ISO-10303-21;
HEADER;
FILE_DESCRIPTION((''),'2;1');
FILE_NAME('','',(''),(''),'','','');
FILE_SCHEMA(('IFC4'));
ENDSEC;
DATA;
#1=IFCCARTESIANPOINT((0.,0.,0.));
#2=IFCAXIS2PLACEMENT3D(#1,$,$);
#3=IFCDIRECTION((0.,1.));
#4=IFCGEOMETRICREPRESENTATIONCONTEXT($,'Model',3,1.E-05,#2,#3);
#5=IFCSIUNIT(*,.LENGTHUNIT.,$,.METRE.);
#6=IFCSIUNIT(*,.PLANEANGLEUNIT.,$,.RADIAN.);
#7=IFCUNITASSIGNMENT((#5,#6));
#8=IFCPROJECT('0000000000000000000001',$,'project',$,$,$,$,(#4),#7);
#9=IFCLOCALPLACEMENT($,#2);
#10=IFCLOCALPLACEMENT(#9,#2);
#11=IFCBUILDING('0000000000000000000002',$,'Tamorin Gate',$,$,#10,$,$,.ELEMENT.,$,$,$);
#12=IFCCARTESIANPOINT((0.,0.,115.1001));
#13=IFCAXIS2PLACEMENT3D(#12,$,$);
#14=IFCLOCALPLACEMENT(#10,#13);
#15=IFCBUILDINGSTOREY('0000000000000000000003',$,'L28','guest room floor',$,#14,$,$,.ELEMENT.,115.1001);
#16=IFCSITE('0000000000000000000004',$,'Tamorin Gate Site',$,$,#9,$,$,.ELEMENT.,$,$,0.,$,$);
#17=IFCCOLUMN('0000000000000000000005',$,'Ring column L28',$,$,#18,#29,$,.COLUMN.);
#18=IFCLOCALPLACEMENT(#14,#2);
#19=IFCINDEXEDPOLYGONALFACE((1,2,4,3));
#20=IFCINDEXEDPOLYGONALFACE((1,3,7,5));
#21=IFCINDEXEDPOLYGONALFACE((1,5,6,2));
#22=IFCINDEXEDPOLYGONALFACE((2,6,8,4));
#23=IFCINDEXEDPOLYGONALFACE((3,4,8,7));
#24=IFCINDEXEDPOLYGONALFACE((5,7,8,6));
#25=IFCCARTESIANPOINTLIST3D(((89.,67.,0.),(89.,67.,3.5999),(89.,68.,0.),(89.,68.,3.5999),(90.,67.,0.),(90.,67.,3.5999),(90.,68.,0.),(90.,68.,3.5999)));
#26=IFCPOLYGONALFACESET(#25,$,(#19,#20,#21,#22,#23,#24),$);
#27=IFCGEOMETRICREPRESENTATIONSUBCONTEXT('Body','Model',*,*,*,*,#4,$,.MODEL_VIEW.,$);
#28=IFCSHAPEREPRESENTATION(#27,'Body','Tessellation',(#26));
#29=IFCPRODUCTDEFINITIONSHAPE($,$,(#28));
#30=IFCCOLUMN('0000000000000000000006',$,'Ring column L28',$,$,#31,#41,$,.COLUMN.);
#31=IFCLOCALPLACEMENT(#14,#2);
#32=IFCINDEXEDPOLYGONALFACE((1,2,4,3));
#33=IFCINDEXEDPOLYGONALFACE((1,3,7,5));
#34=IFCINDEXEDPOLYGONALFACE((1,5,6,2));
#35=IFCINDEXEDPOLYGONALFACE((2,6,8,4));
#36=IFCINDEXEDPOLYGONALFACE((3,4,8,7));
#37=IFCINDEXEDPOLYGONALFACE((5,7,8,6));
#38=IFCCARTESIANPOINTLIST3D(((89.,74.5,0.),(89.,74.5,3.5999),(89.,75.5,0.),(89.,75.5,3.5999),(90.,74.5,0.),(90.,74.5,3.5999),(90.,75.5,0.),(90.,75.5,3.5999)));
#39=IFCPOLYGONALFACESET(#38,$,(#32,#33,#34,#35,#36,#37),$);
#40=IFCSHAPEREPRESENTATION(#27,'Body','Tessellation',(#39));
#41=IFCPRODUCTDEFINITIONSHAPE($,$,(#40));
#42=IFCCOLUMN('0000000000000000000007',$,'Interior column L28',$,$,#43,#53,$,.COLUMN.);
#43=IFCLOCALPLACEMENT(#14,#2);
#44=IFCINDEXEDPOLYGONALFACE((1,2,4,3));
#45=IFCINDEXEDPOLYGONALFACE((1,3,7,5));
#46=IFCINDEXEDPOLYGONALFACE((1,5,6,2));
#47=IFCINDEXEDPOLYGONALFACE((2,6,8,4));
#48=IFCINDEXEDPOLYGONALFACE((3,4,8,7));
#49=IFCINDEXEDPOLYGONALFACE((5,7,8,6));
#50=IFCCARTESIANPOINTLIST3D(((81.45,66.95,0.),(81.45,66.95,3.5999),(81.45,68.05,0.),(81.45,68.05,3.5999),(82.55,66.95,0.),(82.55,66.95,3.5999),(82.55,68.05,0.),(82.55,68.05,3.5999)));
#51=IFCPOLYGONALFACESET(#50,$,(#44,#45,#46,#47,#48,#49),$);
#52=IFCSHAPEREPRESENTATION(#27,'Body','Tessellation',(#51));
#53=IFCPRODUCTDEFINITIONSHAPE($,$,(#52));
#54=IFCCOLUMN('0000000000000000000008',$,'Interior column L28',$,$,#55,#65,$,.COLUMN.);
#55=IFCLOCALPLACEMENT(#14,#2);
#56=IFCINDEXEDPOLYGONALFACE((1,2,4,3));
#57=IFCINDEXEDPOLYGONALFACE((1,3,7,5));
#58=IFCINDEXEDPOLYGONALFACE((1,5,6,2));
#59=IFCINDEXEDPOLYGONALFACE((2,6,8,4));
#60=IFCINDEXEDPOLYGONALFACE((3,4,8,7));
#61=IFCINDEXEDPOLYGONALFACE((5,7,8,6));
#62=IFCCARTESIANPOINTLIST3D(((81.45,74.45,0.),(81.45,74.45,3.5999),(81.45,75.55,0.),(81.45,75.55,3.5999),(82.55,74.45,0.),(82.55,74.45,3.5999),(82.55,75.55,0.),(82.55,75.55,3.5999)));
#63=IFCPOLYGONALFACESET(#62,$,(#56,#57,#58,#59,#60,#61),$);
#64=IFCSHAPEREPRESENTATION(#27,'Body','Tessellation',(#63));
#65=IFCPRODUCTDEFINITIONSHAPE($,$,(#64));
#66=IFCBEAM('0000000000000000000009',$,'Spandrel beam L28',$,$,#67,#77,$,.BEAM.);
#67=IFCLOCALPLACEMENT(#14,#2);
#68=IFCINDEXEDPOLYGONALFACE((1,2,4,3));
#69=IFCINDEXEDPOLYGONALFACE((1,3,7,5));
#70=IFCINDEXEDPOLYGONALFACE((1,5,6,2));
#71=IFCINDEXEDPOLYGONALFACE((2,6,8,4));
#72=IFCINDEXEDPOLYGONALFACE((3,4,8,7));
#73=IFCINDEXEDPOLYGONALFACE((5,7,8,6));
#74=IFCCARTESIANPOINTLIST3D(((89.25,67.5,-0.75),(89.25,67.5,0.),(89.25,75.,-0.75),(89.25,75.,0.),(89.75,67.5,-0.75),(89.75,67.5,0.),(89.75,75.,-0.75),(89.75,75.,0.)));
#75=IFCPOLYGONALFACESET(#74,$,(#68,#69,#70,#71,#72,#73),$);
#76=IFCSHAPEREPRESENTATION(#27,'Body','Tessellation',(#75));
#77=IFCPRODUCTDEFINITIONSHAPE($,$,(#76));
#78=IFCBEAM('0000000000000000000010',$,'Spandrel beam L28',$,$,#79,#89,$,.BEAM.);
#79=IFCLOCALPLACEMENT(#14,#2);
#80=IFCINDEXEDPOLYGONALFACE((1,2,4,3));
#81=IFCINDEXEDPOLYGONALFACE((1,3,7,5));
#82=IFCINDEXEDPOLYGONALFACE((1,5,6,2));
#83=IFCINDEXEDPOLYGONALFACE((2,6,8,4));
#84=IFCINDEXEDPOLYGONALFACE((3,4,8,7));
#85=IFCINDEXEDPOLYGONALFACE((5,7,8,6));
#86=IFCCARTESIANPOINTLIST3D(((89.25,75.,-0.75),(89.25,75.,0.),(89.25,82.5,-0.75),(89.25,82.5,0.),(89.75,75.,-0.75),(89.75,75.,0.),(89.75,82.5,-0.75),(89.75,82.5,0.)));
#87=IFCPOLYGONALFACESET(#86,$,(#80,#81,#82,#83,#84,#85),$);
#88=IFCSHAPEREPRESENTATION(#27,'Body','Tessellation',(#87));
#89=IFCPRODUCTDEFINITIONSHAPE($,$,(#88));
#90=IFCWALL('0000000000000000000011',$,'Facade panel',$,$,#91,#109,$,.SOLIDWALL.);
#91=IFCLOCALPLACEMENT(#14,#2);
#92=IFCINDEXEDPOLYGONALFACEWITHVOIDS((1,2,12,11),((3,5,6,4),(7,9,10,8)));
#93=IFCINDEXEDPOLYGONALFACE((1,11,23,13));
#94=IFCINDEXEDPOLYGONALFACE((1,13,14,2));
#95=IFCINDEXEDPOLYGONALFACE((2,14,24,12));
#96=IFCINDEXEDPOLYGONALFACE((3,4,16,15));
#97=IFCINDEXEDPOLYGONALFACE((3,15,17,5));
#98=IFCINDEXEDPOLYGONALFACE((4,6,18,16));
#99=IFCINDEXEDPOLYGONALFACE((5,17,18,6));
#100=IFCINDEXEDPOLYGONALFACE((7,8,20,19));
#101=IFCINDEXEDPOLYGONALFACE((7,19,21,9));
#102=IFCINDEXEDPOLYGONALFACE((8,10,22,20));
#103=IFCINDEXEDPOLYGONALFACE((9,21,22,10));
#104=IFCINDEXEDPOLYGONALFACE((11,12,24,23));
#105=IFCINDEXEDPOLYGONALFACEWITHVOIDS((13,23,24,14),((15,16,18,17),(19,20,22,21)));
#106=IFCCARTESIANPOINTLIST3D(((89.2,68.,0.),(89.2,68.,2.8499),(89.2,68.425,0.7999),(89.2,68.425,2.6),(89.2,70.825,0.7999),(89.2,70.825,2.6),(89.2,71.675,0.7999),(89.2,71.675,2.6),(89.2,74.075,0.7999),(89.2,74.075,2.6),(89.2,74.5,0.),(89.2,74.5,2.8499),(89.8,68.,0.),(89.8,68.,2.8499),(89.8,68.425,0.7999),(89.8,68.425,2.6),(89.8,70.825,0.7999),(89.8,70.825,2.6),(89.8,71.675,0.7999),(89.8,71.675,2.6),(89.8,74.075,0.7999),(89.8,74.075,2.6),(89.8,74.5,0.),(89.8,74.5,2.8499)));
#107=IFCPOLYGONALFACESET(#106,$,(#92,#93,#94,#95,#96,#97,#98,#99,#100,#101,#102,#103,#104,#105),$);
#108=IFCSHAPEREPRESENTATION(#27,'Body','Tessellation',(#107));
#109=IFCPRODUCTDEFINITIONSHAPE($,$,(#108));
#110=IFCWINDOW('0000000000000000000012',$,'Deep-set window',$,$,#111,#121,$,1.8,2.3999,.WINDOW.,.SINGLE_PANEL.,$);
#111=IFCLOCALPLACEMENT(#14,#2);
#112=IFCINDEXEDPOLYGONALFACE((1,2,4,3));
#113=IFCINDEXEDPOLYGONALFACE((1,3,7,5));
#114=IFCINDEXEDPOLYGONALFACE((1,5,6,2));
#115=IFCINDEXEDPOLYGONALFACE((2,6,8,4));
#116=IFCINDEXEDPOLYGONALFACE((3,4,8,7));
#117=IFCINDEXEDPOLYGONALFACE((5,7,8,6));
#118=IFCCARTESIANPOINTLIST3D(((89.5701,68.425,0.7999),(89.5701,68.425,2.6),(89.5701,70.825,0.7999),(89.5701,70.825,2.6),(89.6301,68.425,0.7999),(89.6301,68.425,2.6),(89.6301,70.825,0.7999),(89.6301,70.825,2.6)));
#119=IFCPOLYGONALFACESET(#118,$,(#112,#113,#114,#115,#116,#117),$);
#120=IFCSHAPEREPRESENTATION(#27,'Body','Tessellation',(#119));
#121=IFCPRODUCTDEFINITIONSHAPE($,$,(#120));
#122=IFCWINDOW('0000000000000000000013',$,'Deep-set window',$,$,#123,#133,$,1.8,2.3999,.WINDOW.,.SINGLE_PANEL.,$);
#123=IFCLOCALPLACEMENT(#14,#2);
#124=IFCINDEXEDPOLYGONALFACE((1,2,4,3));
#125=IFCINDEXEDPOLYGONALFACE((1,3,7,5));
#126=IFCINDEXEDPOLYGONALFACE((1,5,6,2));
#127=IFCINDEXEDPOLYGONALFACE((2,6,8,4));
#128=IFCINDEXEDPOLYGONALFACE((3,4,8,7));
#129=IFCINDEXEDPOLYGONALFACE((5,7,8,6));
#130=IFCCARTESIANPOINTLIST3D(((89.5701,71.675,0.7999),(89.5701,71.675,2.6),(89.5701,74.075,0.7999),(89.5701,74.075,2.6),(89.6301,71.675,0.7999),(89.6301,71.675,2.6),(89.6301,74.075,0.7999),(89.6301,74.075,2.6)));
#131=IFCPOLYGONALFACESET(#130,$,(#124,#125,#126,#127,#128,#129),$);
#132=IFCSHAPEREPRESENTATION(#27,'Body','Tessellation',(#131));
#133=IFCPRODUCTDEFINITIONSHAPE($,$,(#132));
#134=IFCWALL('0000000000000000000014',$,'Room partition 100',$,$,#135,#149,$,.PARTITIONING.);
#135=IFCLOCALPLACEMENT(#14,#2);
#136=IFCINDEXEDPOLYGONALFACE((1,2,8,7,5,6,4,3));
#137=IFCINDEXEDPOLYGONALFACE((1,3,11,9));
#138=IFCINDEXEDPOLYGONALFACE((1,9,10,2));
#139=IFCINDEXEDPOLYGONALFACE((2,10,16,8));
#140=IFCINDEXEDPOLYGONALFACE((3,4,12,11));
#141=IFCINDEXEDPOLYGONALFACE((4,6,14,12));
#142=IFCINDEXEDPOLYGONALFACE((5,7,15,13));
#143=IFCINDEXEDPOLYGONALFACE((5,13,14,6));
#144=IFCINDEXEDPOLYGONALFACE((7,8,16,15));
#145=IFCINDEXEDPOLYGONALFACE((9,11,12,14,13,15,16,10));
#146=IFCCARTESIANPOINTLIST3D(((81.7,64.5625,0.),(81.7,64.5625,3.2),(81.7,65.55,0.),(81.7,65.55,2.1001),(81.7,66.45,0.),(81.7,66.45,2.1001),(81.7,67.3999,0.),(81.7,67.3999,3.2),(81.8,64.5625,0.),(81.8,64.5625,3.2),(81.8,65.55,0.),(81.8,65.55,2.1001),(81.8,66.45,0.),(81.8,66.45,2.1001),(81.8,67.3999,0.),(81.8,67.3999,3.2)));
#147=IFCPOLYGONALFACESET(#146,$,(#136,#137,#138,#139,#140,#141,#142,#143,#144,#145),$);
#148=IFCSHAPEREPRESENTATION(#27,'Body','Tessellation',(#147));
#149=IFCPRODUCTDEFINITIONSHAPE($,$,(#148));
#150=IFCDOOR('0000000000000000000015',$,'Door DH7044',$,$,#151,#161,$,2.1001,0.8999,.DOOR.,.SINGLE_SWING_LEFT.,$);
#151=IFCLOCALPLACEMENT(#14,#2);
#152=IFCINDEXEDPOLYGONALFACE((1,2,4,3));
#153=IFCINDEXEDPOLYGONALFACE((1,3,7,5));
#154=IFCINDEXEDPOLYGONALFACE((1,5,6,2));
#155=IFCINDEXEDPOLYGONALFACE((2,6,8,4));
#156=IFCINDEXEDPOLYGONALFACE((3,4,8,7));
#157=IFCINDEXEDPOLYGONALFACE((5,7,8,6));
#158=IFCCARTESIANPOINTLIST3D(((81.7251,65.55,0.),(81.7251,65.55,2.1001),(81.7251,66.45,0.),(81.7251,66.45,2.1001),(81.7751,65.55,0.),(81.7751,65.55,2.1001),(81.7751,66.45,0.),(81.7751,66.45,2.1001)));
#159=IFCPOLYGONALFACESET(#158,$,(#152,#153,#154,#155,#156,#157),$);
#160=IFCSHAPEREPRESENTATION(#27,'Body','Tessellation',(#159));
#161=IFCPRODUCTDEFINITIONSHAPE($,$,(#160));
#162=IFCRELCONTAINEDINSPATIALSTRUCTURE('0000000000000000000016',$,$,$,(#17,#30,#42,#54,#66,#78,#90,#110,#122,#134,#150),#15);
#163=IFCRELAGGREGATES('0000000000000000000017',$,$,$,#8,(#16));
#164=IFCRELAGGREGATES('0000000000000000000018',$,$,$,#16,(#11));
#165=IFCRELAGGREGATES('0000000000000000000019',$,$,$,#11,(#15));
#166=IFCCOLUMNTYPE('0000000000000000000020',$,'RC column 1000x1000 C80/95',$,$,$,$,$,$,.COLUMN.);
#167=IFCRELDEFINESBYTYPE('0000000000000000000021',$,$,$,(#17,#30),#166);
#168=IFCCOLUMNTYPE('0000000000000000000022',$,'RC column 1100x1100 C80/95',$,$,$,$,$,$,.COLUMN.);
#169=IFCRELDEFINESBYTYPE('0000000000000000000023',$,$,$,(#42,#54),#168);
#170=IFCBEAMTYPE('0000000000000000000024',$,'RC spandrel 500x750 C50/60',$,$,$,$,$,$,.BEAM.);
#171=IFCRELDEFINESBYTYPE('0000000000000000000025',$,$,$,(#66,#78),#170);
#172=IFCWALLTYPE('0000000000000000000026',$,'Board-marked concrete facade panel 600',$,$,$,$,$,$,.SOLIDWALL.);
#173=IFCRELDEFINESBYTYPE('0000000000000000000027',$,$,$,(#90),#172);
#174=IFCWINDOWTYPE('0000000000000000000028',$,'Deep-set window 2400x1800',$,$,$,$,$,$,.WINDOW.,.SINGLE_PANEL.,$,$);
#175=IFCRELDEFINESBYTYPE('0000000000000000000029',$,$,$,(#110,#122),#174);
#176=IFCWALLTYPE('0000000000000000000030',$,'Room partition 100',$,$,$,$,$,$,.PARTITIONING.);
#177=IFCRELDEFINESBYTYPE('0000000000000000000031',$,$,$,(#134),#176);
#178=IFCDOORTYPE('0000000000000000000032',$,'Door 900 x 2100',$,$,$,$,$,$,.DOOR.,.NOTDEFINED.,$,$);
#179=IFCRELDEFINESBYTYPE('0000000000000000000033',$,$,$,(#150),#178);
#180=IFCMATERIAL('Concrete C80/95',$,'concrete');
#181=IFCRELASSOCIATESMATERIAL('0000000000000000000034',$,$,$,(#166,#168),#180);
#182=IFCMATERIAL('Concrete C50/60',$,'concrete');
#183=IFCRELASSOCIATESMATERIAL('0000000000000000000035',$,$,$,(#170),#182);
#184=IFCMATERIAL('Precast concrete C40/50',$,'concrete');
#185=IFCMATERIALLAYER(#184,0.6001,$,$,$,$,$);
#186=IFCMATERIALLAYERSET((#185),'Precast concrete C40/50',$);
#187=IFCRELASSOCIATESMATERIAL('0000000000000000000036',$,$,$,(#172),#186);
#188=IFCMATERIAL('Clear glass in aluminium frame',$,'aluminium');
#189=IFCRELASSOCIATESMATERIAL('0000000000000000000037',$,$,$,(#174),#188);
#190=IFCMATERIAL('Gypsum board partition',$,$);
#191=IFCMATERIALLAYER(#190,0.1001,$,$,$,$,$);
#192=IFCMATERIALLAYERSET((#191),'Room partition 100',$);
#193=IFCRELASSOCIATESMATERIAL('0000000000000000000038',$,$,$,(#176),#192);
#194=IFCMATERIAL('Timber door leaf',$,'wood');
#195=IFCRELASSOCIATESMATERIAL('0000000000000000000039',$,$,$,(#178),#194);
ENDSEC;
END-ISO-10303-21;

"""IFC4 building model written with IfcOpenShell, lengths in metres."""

from ifc_helpers import new_model, si_unit, direction, frame, frame_2d, origin, origin_2d, place, context, subcontext, project, spatial, rectangle, extrude, material, layer, layer_set, material_profile, profile_set, type_object, element, fill, save


model = new_model("IFC4")

# Units and contexts
model_context = context("Model", 3, precision=1e-05, world=origin(), true_north=direction((0.0, 1.0)))
body_context = subcontext(model_context, "Body", "Model", "MODEL_VIEW")
ifc_project = project(units=[si_unit("LENGTHUNIT", "METRE"), si_unit("PLANEANGLEUNIT", "RADIAN")], contexts=[model_context])

# Site, building, storey
site_placement = place(None, origin())
site = spatial("IfcSite", under=ifc_project, at=site_placement, Name="Tamorin Gate Site", CompositionType="ELEMENT", RefElevation=0.0)
building_placement = place(site_placement, origin())
building = spatial("IfcBuilding", under=site, at=building_placement, Name="Tamorin Gate", CompositionType="ELEMENT")
storey_placement = place(building_placement, frame((0.0, 0.0, 115.1001)))
storey = spatial("IfcBuildingStorey", under=building, at=storey_placement, Name="L28", Description="guest room floor", CompositionType="ELEMENT", Elevation=115.1001)

# Columns
ifc_material_1 = material(Name="Concrete C80/95", Category="concrete")
ifc_material_profile_1 = material_profile(ifc_material_1, rectangle(XDim=1.0, YDim=1.0, at=origin_2d()), Name="RC 1000x1000")
ifc_profile_set_1 = profile_set([ifc_material_profile_1], Name="Concrete C80/95")
column_type_1 = type_object("IfcColumnType", Name="RC column 1000x1000 C80/95", PredefinedType="COLUMN", material=ifc_profile_set_1)
for number, where, z_axis, x_axis, name in (
    (1, (89.5, 67.5, 0.0), (0.0, 0.0, 1.0), (1.0, 0.0, 0.0), "Ring column L28"),
    (2, (89.5, 75.0, 0.0), (0.0, 0.0, 1.0), (1.0, 0.0, 0.0), "Ring column L28"),
):
    element("IfcColumn", number, at=place(storey_placement, frame(where, z_axis=z_axis, x_axis=x_axis)), inside=storey, type_object=column_type_1, Name=name, PredefinedType="COLUMN", context=body_context, shape_type="SweptSolid", body=[
        extrude(rectangle(XDim=1.0, YDim=1.0, at=origin_2d()), origin(), (0.0, 0.0, 1.0), 3.5999),
    ])
ifc_material_profile_2 = material_profile(ifc_material_1, rectangle(XDim=1.1001, YDim=1.1001, at=origin_2d()), Name="RC 1100x1100")
ifc_profile_set_2 = profile_set([ifc_material_profile_2], Name="Concrete C80/95")
column_type_2 = type_object("IfcColumnType", Name="RC column 1100x1100 C80/95", PredefinedType="COLUMN", material=ifc_profile_set_2)
for number, where, z_axis, x_axis, name in (
    (3, (82.0, 67.5, 0.0), (0.0, 0.0, 1.0), (1.0, 0.0, 0.0), "Interior column L28"),
    (4, (82.0, 75.0, 0.0), (0.0, 0.0, 1.0), (1.0, 0.0, 0.0), "Interior column L28"),
):
    element("IfcColumn", number, at=place(storey_placement, frame(where, z_axis=z_axis, x_axis=x_axis)), inside=storey, type_object=column_type_2, Name=name, PredefinedType="COLUMN", context=body_context, shape_type="SweptSolid", body=[
        extrude(rectangle(XDim=1.1001, YDim=1.1001, at=origin_2d()), origin(), (0.0, 0.0, 1.0), 3.5999),
    ])

# Beams
ifc_material_2 = material(Name="Concrete C50/60", Category="concrete")
ifc_material_profile_3 = material_profile(ifc_material_2, rectangle(XDim=0.5, YDim=0.75, at=origin_2d()), Name="RC 500x750")
ifc_profile_set_3 = profile_set([ifc_material_profile_3], Name="Concrete C50/60")
beam_type = type_object("IfcBeamType", Name="RC spandrel 500x750 C50/60", PredefinedType="BEAM", material=ifc_profile_set_3)
for number, where, z_axis, x_axis, name in (
    (5, (89.5, 67.5, -0.375), (0.0, 1.0, 0.0), (-1.0, 0.0, 0.0), "Spandrel beam L28"),
    (6, (89.5, 75.0, -0.375), (0.0, 1.0, 0.0), (-1.0, 0.0, 0.0), "Spandrel beam L28"),
):
    element("IfcBeam", number, at=place(storey_placement, frame(where, z_axis=z_axis, x_axis=x_axis)), inside=storey, type_object=beam_type, Name=name, PredefinedType="BEAM", context=body_context, shape_type="SweptSolid", body=[
        extrude(rectangle(XDim=0.5, YDim=0.75, at=origin_2d()), origin(), (0.0, 0.0, 1.0), 7.5),
    ])

# Wall, openings, windows
ifc_material_3 = material(Name="Precast concrete C40/50", Category="concrete")
ifc_layer_1 = layer(ifc_material_3, 0.6001)
ifc_layer_set_1 = layer_set([ifc_layer_1], Name="Precast concrete C40/50")
wall_type_1 = type_object("IfcWallType", Name="Board-marked concrete facade panel 600", PredefinedType="SOLIDWALL", material=ifc_layer_set_1)
wall_1_placement = place(storey_placement, frame((89.5, 68.0, 0.0), z_axis=(0.0, 0.0, 1.0), x_axis=(0.0, 1.0, 0.0)))
wall_1 = element("IfcWall", 7, at=wall_1_placement, inside=storey, type_object=wall_type_1, Name="Facade panel", PredefinedType="SOLIDWALL", context=body_context, shape_type="SweptSolid", body=[
    extrude(rectangle(XDim=6.5, YDim=0.6001, at=frame_2d((3.25, 0.0))), origin(), (0.0, 0.0, 1.0), 2.8499),
])
opening_1_placement = place(wall_1_placement, frame((0.425, 0.0, 0.8)))
opening_1 = element("IfcOpeningElement", 8, at=opening_1_placement, cuts=wall_1, PredefinedType="OPENING", context=body_context, shape_type="SweptSolid", body=[
    extrude(rectangle(XDim=2.3999, YDim=1.8, at=frame_2d((1.2, 0.8999))), frame((0.0, 0.3101, 0.0), z_axis=(0.0, -1.0, 0.0), x_axis=(1.0, 0.0, 0.0)), (0.0, 0.0, 1.0), 0.6201),
])
opening_2_placement = place(wall_1_placement, frame((3.675, 0.0, 0.8)))
opening_2 = element("IfcOpeningElement", 9, at=opening_2_placement, cuts=wall_1, PredefinedType="OPENING", context=body_context, shape_type="SweptSolid", body=[
    extrude(rectangle(XDim=2.3999, YDim=1.8, at=frame_2d((1.2, 0.8999))), frame((0.0, 0.3101, 0.0), z_axis=(0.0, -1.0, 0.0), x_axis=(1.0, 0.0, 0.0)), (0.0, 0.0, 1.0), 0.6201),
])
ifc_material_4 = material(Name="Clear glass in aluminium frame", Category="aluminium")
window_type = type_object("IfcWindowType", Name="Deep-set window 2400x1800", PartitioningType="SINGLE_PANEL", PredefinedType="WINDOW", material=ifc_material_4)
window_1_placement = place(opening_1_placement, origin())
window_1 = element("IfcWindow", 10, at=window_1_placement, inside=storey, type_object=window_type, Name="Deep-set window", OverallHeight=1.8, OverallWidth=2.3999, PartitioningType="SINGLE_PANEL", PredefinedType="WINDOW", context=body_context, shape_type="SweptSolid", body=[
    extrude(rectangle(XDim=2.3999, YDim=1.8, at=frame_2d((1.2, 0.8999))), frame((0.0, -0.0701, 0.0), z_axis=(0.0, -1.0, 0.0), x_axis=(1.0, 0.0, 0.0)), (0.0, 0.0, 1.0), 0.0601),
])
fill(opening_1, window_1)
window_2_placement = place(opening_2_placement, origin())
window_2 = element("IfcWindow", 11, at=window_2_placement, inside=storey, type_object=window_type, Name="Deep-set window", OverallHeight=1.8, OverallWidth=2.3999, PartitioningType="SINGLE_PANEL", PredefinedType="WINDOW", context=body_context, shape_type="SweptSolid", body=[
    extrude(rectangle(XDim=2.3999, YDim=1.8, at=frame_2d((1.2, 0.8999))), frame((0.0, -0.0701, 0.0), z_axis=(0.0, -1.0, 0.0), x_axis=(1.0, 0.0, 0.0)), (0.0, 0.0, 1.0), 0.0601),
])
fill(opening_2, window_2)

# Wall, opening, door
ifc_material_5 = material(Name="Gypsum board partition")
ifc_layer_2 = layer(ifc_material_5, 0.1001)
ifc_layer_set_2 = layer_set([ifc_layer_2], Name="Room partition 100")
wall_type_2 = type_object("IfcWallType", Name="Room partition 100", PredefinedType="PARTITIONING", material=ifc_layer_set_2)
wall_2_placement = place(storey_placement, frame((81.75, 64.5625, 0.0), z_axis=(0.0, 0.0, 1.0), x_axis=(0.0, 1.0, 0.0)))
wall_2 = element("IfcWall", 12, at=wall_2_placement, inside=storey, type_object=wall_type_2, Name="Room partition 100", PredefinedType="PARTITIONING", context=body_context, shape_type="SweptSolid", body=[
    extrude(rectangle(XDim=2.8374, YDim=0.1001, at=frame_2d((1.4187, 0.0))), origin(), (0.0, 0.0, 1.0), 3.2),
])
opening_3_placement = place(wall_2_placement, frame((0.9875, 0.0, 0.0)))
opening_3 = element("IfcOpeningElement", 13, at=opening_3_placement, cuts=wall_2, PredefinedType="OPENING", context=body_context, shape_type="SweptSolid", body=[
    extrude(rectangle(XDim=0.8999, YDim=2.1001, at=frame_2d((0.45, 1.05))), frame((0.0, 0.0601, 0.0), z_axis=(0.0, -1.0, 0.0), x_axis=(1.0, 0.0, 0.0)), (0.0, 0.0, 1.0), 0.1201),
])
ifc_material_6 = material(Name="Timber door leaf", Category="wood")
door_type = type_object("IfcDoorType", Name="Door 900 x 2100", OperationType="NOTDEFINED", PredefinedType="DOOR", material=ifc_material_6)
door_1_placement = place(opening_3_placement, origin())
door_1 = element("IfcDoor", 14, at=door_1_placement, inside=storey, type_object=door_type, Name="Door DH7044", OperationType="SINGLE_SWING_LEFT", OverallHeight=2.1001, OverallWidth=0.8999, PredefinedType="DOOR", context=body_context, shape_type="SweptSolid", body=[
    extrude(rectangle(XDim=0.8999, YDim=2.1001, at=frame_2d((0.45, 1.05))), frame((0.0, 0.0249, 0.0), z_axis=(0.0, -1.0, 0.0), x_axis=(1.0, 0.0, 0.0)), (0.0, 0.0, 1.0), 0.05),
])
fill(opening_3, door_1)

save(model, "model.ifc")
